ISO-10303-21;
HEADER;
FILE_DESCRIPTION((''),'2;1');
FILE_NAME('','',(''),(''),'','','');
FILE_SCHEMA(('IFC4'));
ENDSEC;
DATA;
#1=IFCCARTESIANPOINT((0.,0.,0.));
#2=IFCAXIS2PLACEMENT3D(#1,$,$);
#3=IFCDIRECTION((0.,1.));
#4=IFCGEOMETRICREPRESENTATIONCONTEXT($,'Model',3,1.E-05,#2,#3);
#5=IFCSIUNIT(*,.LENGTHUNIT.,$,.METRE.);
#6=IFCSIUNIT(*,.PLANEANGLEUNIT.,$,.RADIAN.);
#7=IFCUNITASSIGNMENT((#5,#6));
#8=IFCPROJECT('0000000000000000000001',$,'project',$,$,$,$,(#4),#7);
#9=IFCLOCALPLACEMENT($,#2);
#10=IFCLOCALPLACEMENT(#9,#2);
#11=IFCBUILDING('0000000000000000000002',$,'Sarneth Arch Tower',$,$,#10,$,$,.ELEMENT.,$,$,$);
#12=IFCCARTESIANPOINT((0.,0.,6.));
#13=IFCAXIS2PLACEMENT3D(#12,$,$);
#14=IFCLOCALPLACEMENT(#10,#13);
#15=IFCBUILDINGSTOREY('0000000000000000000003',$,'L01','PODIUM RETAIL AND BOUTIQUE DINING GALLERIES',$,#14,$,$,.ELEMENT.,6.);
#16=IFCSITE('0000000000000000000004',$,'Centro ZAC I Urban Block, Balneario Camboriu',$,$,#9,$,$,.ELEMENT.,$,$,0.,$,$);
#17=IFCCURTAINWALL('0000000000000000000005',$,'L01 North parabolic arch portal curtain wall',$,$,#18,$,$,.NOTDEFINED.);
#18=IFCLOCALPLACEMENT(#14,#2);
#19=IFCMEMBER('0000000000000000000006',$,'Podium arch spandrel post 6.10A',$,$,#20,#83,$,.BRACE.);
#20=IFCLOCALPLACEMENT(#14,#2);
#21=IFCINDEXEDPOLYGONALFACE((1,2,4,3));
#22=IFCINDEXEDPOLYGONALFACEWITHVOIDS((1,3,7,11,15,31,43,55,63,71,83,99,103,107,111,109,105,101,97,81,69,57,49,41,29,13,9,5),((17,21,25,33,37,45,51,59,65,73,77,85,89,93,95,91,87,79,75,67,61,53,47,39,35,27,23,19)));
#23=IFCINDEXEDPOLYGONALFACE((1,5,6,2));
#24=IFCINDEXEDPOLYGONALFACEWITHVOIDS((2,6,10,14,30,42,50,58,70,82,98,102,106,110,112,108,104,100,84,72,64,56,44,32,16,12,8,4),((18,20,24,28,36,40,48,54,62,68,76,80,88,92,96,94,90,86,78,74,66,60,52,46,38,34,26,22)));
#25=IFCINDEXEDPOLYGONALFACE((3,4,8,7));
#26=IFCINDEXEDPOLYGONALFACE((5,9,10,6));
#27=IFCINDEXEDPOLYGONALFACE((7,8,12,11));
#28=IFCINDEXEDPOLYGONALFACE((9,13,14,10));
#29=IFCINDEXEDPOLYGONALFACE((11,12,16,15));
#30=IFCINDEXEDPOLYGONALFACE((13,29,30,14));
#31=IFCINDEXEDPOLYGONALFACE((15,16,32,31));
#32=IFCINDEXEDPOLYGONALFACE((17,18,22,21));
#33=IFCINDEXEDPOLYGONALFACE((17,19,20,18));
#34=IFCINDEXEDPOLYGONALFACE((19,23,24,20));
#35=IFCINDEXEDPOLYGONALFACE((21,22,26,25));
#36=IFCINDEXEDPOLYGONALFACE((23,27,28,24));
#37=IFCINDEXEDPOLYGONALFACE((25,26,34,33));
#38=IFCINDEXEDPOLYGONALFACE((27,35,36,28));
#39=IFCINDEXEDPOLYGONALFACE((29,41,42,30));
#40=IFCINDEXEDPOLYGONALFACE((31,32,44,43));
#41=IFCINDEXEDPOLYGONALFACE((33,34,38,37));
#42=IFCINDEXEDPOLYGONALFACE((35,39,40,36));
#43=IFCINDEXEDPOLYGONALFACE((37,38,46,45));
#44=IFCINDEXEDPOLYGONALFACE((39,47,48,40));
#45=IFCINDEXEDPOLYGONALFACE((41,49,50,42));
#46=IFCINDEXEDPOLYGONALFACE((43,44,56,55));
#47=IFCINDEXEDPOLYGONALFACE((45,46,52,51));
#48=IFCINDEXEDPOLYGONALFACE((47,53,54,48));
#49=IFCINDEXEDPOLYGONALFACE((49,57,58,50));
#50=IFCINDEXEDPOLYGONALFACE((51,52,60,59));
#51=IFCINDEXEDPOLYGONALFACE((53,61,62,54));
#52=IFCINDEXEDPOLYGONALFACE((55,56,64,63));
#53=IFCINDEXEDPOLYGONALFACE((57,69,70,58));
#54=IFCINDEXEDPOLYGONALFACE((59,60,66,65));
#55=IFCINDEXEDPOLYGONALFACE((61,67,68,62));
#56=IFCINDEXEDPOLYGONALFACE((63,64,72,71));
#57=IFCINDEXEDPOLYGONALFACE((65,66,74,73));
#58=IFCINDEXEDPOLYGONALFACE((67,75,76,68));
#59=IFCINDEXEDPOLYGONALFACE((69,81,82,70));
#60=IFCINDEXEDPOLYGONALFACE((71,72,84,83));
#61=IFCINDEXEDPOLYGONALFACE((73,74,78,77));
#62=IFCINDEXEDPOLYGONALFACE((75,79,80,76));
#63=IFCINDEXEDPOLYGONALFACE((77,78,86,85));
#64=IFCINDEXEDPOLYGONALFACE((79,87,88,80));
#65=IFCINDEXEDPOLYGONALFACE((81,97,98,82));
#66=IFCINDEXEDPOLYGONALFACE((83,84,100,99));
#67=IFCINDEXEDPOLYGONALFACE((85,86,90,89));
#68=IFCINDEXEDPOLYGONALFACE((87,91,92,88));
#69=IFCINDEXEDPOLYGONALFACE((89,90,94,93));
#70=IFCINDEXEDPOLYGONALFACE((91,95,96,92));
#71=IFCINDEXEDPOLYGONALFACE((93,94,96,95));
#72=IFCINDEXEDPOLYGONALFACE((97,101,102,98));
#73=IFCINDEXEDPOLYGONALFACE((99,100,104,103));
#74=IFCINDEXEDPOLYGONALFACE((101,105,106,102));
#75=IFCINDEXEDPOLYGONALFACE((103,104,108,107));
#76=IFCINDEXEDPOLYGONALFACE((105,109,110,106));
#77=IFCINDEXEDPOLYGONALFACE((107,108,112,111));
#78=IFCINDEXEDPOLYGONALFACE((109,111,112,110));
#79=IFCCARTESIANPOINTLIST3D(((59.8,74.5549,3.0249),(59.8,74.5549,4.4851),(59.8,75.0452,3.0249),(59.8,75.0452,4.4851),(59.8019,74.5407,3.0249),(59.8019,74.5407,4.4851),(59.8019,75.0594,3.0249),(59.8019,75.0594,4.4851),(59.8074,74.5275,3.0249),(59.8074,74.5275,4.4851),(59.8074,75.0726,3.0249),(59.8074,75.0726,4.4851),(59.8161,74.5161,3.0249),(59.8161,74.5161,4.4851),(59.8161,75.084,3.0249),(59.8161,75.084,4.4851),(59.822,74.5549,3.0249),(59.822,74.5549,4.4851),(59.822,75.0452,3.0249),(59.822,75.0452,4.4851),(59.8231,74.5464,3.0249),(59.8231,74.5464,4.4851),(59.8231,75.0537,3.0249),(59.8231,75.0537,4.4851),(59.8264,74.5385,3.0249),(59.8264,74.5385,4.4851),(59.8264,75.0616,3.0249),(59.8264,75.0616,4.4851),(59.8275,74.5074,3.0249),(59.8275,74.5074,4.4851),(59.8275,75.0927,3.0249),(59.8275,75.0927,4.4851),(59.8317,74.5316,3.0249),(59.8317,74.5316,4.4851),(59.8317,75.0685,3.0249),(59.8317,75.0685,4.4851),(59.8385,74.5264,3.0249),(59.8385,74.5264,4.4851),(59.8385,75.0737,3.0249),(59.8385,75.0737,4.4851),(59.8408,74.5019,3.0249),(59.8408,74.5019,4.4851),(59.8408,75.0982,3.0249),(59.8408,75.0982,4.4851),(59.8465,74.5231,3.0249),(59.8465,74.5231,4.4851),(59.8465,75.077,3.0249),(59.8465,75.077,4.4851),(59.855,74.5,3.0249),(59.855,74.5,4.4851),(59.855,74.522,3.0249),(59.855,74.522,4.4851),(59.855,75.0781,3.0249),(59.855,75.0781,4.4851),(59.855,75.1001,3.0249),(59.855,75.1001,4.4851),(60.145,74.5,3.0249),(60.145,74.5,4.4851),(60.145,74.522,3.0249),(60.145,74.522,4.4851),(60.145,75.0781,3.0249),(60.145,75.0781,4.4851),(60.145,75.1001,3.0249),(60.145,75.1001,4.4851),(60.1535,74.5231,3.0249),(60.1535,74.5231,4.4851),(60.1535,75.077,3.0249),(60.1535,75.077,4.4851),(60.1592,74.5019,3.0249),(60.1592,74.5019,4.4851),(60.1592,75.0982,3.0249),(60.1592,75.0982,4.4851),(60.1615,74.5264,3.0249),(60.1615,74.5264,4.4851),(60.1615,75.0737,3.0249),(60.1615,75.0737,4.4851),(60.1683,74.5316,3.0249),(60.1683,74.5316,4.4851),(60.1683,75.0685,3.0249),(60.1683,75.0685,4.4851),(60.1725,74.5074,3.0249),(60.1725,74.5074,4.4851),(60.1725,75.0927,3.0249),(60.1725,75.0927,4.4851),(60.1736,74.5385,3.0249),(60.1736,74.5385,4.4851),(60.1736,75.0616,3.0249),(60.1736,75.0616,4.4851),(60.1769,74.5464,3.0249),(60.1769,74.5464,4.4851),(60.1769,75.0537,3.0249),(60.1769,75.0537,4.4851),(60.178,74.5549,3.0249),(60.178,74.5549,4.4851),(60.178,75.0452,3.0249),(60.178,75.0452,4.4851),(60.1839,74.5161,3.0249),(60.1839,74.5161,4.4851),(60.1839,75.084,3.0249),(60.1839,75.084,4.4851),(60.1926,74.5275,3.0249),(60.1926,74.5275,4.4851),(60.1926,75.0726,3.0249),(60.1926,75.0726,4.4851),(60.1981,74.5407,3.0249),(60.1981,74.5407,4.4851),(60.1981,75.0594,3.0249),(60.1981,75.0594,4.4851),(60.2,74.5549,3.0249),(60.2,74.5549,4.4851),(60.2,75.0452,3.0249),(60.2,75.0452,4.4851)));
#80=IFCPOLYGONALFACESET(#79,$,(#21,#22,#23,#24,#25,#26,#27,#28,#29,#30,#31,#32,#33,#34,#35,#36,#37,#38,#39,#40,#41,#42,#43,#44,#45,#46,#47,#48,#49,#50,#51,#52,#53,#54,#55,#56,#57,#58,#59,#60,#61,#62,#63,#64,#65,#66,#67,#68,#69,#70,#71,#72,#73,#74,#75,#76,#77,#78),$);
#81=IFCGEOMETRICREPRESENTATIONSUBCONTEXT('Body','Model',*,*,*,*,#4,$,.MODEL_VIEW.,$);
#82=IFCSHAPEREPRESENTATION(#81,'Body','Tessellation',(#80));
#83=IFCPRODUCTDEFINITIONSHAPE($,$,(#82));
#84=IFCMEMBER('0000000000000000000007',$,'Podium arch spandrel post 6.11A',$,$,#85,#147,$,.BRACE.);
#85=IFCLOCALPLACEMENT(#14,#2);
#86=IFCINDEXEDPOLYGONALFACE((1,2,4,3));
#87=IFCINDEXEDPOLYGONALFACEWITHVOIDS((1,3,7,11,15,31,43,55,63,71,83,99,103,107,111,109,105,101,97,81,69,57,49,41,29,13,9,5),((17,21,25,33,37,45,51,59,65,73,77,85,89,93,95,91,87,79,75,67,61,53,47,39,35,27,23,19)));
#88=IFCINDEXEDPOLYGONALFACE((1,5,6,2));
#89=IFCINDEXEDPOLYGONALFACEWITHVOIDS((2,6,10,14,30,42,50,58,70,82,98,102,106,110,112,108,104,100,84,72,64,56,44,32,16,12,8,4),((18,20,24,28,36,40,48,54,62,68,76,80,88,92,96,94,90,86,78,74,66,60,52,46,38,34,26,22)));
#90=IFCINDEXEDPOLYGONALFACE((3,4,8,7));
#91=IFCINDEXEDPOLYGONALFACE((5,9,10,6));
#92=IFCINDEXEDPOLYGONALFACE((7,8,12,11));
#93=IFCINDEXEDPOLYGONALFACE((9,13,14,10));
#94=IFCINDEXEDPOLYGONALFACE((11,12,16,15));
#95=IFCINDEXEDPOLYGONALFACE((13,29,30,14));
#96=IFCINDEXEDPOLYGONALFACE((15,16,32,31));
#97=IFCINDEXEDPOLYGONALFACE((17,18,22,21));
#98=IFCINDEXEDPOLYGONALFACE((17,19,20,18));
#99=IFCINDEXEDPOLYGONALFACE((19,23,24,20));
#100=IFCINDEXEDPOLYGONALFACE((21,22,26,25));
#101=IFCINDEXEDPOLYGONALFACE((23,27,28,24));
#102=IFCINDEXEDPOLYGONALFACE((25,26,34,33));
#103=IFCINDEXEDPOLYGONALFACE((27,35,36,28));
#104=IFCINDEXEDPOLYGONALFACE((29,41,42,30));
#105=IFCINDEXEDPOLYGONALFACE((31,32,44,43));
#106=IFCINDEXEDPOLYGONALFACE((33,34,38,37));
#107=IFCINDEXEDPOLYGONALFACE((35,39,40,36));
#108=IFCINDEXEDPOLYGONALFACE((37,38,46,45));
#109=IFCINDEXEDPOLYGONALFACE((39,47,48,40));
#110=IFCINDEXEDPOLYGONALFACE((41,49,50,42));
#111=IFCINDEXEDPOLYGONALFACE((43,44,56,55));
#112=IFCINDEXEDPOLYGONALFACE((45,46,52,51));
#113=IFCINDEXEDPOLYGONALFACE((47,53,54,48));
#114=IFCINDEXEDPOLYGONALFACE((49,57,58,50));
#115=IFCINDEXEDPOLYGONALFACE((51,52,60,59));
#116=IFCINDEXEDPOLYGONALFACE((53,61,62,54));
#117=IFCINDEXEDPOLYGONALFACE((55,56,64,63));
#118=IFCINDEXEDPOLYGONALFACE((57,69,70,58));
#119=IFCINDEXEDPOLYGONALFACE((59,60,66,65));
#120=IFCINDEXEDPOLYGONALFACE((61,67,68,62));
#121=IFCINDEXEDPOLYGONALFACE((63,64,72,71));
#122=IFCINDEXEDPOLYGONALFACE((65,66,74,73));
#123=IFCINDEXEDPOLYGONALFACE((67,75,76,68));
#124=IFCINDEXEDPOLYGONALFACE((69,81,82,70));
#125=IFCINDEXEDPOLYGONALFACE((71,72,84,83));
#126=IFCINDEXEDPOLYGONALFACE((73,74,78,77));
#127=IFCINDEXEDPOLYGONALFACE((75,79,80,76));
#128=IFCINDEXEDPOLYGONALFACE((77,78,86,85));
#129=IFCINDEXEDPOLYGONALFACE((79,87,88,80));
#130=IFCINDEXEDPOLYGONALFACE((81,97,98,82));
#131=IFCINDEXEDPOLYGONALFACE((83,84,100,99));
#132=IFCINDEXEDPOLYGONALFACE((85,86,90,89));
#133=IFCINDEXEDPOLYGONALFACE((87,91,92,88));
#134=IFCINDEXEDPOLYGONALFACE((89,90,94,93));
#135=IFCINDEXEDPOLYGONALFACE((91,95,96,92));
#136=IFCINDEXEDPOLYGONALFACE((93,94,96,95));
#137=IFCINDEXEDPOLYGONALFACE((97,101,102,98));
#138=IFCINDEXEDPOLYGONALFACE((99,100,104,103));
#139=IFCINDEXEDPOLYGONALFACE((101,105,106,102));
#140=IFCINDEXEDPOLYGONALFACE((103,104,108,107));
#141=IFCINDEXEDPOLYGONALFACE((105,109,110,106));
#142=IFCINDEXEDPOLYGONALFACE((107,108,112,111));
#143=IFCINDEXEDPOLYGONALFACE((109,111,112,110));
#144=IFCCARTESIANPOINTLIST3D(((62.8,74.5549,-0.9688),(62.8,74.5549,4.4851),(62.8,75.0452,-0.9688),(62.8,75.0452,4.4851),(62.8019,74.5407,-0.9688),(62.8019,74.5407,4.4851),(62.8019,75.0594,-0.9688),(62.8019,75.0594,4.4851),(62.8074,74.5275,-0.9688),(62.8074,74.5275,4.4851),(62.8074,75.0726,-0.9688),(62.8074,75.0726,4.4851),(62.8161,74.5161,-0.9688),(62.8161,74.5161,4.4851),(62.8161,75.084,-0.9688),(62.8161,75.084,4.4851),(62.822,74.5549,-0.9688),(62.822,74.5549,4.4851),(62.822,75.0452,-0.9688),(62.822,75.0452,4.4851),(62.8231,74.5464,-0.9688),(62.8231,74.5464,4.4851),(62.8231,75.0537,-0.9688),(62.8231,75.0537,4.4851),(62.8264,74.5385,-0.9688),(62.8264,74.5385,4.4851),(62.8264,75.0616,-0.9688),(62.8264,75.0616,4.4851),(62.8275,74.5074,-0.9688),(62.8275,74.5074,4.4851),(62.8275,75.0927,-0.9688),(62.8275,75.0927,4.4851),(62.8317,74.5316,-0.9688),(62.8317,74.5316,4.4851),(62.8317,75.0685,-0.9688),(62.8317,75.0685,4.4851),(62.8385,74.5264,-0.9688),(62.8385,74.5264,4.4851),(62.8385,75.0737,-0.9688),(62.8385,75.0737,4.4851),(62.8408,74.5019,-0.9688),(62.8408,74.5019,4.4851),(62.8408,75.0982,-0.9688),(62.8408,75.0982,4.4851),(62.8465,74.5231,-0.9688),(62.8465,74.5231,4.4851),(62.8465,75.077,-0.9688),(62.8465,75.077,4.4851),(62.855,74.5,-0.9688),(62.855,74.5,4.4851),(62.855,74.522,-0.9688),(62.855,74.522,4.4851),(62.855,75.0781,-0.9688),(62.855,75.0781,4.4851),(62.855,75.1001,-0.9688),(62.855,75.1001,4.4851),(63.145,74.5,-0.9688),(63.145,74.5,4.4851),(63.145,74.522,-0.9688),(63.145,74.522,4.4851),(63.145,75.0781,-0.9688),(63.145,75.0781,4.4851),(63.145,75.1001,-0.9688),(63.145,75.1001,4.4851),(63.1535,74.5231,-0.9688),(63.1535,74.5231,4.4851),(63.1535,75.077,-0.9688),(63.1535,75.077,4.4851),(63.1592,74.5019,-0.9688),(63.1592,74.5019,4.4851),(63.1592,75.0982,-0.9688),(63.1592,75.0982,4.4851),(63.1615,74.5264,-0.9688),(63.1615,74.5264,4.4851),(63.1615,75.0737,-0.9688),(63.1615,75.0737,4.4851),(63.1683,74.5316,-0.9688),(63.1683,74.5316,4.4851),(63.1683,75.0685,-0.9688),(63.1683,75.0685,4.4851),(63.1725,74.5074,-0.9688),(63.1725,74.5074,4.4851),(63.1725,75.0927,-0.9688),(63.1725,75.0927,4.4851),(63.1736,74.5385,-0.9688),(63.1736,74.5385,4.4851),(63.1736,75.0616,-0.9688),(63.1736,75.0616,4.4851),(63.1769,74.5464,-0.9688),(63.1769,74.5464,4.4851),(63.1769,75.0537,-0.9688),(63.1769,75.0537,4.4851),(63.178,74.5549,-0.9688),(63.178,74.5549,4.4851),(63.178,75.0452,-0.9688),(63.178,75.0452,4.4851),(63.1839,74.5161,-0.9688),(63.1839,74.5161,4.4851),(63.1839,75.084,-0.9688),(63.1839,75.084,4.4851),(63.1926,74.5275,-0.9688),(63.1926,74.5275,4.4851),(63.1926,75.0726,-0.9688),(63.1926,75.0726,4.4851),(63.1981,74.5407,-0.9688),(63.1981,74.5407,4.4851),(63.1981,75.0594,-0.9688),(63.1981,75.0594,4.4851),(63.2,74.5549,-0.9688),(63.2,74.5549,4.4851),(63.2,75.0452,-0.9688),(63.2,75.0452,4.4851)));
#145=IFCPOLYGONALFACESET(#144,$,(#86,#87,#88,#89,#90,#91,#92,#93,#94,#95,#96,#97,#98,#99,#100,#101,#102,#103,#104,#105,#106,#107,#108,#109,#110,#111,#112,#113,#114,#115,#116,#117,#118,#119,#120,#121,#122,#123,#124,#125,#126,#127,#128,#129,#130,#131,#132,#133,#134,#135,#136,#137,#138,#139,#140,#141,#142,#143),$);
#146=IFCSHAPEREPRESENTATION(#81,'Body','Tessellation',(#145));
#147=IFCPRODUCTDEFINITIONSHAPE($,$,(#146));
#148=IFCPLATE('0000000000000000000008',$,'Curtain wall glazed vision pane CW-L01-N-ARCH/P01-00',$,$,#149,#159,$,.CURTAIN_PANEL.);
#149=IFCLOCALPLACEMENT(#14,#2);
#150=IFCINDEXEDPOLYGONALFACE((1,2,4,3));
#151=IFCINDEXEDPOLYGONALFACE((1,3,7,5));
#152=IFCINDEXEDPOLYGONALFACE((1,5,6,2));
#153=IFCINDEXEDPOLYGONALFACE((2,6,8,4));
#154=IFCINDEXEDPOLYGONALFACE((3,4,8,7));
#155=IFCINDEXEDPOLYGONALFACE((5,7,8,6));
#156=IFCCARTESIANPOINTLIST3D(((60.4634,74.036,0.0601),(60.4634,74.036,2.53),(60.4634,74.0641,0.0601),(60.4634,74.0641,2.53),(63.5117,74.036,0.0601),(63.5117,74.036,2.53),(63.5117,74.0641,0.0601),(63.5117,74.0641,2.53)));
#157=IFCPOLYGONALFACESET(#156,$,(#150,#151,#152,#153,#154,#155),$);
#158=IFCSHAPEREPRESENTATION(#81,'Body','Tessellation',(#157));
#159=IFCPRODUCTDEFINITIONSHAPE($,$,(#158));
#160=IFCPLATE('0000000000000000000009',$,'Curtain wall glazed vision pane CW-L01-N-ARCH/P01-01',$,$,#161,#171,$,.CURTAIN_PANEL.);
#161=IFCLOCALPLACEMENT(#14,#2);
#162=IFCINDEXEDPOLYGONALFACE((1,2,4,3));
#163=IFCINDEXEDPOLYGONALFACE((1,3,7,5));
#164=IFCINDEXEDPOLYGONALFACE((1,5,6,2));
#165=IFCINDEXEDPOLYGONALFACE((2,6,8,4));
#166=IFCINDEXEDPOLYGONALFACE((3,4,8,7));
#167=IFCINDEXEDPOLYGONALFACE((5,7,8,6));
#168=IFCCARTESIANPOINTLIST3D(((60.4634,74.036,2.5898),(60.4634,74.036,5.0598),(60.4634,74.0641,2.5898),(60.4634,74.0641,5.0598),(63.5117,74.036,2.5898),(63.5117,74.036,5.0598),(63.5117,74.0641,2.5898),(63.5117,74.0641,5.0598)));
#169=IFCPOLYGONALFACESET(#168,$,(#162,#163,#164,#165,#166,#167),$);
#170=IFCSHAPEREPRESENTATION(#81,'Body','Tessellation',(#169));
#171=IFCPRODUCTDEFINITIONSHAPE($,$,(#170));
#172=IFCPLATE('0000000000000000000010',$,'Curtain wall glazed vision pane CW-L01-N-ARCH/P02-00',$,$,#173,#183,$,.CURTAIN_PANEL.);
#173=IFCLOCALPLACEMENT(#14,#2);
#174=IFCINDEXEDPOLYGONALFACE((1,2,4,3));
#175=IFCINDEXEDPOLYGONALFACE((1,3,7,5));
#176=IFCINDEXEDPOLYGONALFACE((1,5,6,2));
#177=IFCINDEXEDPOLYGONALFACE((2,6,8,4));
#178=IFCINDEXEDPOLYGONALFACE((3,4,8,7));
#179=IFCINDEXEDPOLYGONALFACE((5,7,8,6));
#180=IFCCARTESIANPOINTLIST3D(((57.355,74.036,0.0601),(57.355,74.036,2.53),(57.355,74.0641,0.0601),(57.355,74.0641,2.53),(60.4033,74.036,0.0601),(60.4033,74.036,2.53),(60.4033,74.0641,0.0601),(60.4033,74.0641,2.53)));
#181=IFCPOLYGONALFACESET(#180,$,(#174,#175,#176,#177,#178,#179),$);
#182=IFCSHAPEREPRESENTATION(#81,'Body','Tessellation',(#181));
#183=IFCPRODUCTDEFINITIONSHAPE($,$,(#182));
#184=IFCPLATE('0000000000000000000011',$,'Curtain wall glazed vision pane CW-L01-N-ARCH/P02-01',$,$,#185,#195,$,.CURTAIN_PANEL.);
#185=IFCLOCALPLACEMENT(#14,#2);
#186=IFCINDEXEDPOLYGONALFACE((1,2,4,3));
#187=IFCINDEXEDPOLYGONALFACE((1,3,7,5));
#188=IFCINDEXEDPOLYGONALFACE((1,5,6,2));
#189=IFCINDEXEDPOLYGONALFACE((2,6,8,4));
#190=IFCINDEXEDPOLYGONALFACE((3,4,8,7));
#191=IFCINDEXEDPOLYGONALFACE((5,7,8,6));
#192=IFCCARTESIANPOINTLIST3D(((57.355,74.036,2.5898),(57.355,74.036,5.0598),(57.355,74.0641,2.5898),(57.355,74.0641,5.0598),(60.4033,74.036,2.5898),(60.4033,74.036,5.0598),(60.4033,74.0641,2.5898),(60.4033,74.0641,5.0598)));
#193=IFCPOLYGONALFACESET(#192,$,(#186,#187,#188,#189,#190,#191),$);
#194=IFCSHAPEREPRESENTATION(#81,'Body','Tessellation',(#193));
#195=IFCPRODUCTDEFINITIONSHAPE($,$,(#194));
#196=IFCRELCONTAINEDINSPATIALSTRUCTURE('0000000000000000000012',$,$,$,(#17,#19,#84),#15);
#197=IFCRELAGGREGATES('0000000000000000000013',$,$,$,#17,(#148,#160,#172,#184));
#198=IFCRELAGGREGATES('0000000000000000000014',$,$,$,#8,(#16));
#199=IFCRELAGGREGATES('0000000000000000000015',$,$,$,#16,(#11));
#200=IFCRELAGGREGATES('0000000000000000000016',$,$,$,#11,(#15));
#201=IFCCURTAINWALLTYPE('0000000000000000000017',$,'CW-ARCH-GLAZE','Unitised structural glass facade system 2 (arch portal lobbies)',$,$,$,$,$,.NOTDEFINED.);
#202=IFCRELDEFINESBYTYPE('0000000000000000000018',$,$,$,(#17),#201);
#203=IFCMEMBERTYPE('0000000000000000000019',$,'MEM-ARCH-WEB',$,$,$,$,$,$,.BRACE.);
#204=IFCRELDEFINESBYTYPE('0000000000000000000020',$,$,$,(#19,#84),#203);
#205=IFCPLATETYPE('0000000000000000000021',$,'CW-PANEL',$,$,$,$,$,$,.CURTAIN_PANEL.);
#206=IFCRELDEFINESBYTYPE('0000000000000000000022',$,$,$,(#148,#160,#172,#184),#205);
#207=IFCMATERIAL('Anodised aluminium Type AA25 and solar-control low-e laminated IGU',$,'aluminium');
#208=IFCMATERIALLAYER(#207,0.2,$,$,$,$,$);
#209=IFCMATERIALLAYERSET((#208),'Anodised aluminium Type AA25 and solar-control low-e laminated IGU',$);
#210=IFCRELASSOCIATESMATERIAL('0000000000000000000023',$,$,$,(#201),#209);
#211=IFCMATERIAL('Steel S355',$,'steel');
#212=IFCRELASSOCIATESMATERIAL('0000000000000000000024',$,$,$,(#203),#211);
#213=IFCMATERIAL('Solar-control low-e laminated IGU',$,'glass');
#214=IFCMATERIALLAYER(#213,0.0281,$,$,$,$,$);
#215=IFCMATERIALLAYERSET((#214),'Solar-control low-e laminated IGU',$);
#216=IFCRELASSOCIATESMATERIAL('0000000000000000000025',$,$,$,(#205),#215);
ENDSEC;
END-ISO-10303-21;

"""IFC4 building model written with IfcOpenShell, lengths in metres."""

from ifc_helpers import new_model, si_unit, direction, frame, origin, origin_2d, place, context, subcontext, project, spatial, rectangle, hollow_rectangle, extrude, material, layer, layer_set, material_profile, profile_set, type_object, element, aggregate, save


model = new_model("IFC4")

# Units and contexts
model_context = context("Model", 3, precision=1e-05, world=origin(), true_north=direction((0.0, 1.0)))
body_context = subcontext(model_context, "Body", "Model", "MODEL_VIEW")
ifc_project = project(units=[si_unit("LENGTHUNIT", "METRE"), si_unit("PLANEANGLEUNIT", "RADIAN")], contexts=[model_context])

# Site, building, storey
site_placement = place(None, origin())
site = spatial("IfcSite", under=ifc_project, at=site_placement, Name="Centro ZAC I Urban Block, Balneario Camboriu", CompositionType="ELEMENT", RefElevation=0.0)
building_placement = place(site_placement, origin())
building = spatial("IfcBuilding", under=site, at=building_placement, Name="Sarneth Arch Tower", CompositionType="ELEMENT")
storey_placement = place(building_placement, frame((0.0, 0.0, 6.0)))
storey = spatial("IfcBuildingStorey", under=building, at=storey_placement, Name="L01", Description="PODIUM RETAIL AND BOUTIQUE DINING GALLERIES", CompositionType="ELEMENT", Elevation=6.0)

# Curtain wall
ifc_material_1 = material(Name="Anodised aluminium Type AA25 and solar-control low-e laminated IGU", Category="aluminium")
ifc_layer_1 = layer(ifc_material_1, 0.2)
ifc_layer_set_1 = layer_set([ifc_layer_1], Name="Anodised aluminium Type AA25 and solar-control low-e laminated IGU")
curtain_wall_type = type_object("IfcCurtainWallType", Name="CW-ARCH-GLAZE", Description="Unitised structural glass facade system 2 (arch portal lobbies)", PredefinedType="NOTDEFINED", material=ifc_layer_set_1)
curtain_wall_placement = place(storey_placement, origin())
curtain_wall = element("IfcCurtainWall", 1, at=curtain_wall_placement, inside=storey, type_object=curtain_wall_type, Name="L01 North parabolic arch portal curtain wall", PredefinedType="NOTDEFINED")

# Members
ifc_material_2 = material(Name="Steel S355", Category="steel")
ifc_material_profile_1 = material_profile(ifc_material_2, hollow_rectangle(XDim=0.3999, YDim=0.6001, WallThickness=0.022, InnerFilletRadius=0.033, OuterFilletRadius=0.0549, at=origin_2d()), Name="RHS600x400x22")
ifc_profile_set_1 = profile_set([ifc_material_profile_1], Name="Steel S355")
member_type_1 = type_object("IfcMemberType", Name="MEM-ARCH-WEB", PredefinedType="BRACE", material=ifc_profile_set_1)
member_1_placement = place(storey_placement, frame((60.0, 74.8, 3.0249), z_axis=(0.0, 0.0, 1.0), x_axis=(1.0, 0.0, 0.0)))
element("IfcMember", 2, at=member_1_placement, inside=storey, type_object=member_type_1, Name="Podium arch spandrel post 6.10A", PredefinedType="BRACE", context=body_context, shape_type="SweptSolid", body=[
    extrude(hollow_rectangle(XDim=0.3999, YDim=0.6001, WallThickness=0.022, InnerFilletRadius=0.033, OuterFilletRadius=0.0549, at=origin_2d()), origin(), (0.0, 0.0, 1.0), 1.4602),
])
member_2_placement = place(storey_placement, frame((63.0, 74.8, -0.9688), z_axis=(0.0, 0.0, 1.0), x_axis=(1.0, 0.0, 0.0)))
element("IfcMember", 3, at=member_2_placement, inside=storey, type_object=member_type_1, Name="Podium arch spandrel post 6.11A", PredefinedType="BRACE", context=body_context, shape_type="SweptSolid", body=[
    extrude(hollow_rectangle(XDim=0.3999, YDim=0.6001, WallThickness=0.022, InnerFilletRadius=0.033, OuterFilletRadius=0.0549, at=origin_2d()), origin(), (0.0, 0.0, 1.0), 5.4539),
])

# Plates
ifc_material_3 = material(Name="Solar-control low-e laminated IGU", Category="glass")
ifc_layer_2 = layer(ifc_material_3, 0.0281)
ifc_layer_set_2 = layer_set([ifc_layer_2], Name="Solar-control low-e laminated IGU")
plate_type_1 = type_object("IfcPlateType", Name="CW-PANEL", PredefinedType="CURTAIN_PANEL", material=ifc_layer_set_2)
plate_1_placement = place(storey_placement, frame((61.9875, 74.05, 0.0601), z_axis=(0.0, 0.0, 1.0), x_axis=(-1.0, 0.0, 0.0)))
plate_1 = element("IfcPlate", 4, at=plate_1_placement, type_object=plate_type_1, Name="Curtain wall glazed vision pane CW-L01-N-ARCH/P01-00", PredefinedType="CURTAIN_PANEL", context=body_context, shape_type="SweptSolid", body=[
    extrude(rectangle(XDim=3.0483, YDim=0.0281, at=origin_2d()), origin(), (0.0, 0.0, 1.0), 2.47),
])
plate_2_placement = place(storey_placement, frame((61.9875, 74.05, 2.5898), z_axis=(0.0, 0.0, 1.0), x_axis=(-1.0, 0.0, 0.0)))
plate_2 = element("IfcPlate", 5, at=plate_2_placement, type_object=plate_type_1, Name="Curtain wall glazed vision pane CW-L01-N-ARCH/P01-01", PredefinedType="CURTAIN_PANEL", context=body_context, shape_type="SweptSolid", body=[
    extrude(rectangle(XDim=3.0483, YDim=0.0281, at=origin_2d()), origin(), (0.0, 0.0, 1.0), 2.47),
])
plate_3_placement = place(storey_placement, frame((58.8792, 74.05, 0.0601), z_axis=(0.0, 0.0, 1.0), x_axis=(-1.0, 0.0, 0.0)))
plate_3 = element("IfcPlate", 6, at=plate_3_placement, type_object=plate_type_1, Name="Curtain wall glazed vision pane CW-L01-N-ARCH/P02-00", PredefinedType="CURTAIN_PANEL", context=body_context, shape_type="SweptSolid", body=[
    extrude(rectangle(XDim=3.0483, YDim=0.0281, at=origin_2d()), origin(), (0.0, 0.0, 1.0), 2.47),
])
plate_4_placement = place(storey_placement, frame((58.8792, 74.05, 2.5898), z_axis=(0.0, 0.0, 1.0), x_axis=(-1.0, 0.0, 0.0)))
plate_4 = element("IfcPlate", 7, at=plate_4_placement, type_object=plate_type_1, Name="Curtain wall glazed vision pane CW-L01-N-ARCH/P02-01", PredefinedType="CURTAIN_PANEL", context=body_context, shape_type="SweptSolid", body=[
    extrude(rectangle(XDim=3.0483, YDim=0.0281, at=origin_2d()), origin(), (0.0, 0.0, 1.0), 2.47),
])
aggregate(curtain_wall, [plate_1, plate_2, plate_3, plate_4])

save(model, "model.ifc")
